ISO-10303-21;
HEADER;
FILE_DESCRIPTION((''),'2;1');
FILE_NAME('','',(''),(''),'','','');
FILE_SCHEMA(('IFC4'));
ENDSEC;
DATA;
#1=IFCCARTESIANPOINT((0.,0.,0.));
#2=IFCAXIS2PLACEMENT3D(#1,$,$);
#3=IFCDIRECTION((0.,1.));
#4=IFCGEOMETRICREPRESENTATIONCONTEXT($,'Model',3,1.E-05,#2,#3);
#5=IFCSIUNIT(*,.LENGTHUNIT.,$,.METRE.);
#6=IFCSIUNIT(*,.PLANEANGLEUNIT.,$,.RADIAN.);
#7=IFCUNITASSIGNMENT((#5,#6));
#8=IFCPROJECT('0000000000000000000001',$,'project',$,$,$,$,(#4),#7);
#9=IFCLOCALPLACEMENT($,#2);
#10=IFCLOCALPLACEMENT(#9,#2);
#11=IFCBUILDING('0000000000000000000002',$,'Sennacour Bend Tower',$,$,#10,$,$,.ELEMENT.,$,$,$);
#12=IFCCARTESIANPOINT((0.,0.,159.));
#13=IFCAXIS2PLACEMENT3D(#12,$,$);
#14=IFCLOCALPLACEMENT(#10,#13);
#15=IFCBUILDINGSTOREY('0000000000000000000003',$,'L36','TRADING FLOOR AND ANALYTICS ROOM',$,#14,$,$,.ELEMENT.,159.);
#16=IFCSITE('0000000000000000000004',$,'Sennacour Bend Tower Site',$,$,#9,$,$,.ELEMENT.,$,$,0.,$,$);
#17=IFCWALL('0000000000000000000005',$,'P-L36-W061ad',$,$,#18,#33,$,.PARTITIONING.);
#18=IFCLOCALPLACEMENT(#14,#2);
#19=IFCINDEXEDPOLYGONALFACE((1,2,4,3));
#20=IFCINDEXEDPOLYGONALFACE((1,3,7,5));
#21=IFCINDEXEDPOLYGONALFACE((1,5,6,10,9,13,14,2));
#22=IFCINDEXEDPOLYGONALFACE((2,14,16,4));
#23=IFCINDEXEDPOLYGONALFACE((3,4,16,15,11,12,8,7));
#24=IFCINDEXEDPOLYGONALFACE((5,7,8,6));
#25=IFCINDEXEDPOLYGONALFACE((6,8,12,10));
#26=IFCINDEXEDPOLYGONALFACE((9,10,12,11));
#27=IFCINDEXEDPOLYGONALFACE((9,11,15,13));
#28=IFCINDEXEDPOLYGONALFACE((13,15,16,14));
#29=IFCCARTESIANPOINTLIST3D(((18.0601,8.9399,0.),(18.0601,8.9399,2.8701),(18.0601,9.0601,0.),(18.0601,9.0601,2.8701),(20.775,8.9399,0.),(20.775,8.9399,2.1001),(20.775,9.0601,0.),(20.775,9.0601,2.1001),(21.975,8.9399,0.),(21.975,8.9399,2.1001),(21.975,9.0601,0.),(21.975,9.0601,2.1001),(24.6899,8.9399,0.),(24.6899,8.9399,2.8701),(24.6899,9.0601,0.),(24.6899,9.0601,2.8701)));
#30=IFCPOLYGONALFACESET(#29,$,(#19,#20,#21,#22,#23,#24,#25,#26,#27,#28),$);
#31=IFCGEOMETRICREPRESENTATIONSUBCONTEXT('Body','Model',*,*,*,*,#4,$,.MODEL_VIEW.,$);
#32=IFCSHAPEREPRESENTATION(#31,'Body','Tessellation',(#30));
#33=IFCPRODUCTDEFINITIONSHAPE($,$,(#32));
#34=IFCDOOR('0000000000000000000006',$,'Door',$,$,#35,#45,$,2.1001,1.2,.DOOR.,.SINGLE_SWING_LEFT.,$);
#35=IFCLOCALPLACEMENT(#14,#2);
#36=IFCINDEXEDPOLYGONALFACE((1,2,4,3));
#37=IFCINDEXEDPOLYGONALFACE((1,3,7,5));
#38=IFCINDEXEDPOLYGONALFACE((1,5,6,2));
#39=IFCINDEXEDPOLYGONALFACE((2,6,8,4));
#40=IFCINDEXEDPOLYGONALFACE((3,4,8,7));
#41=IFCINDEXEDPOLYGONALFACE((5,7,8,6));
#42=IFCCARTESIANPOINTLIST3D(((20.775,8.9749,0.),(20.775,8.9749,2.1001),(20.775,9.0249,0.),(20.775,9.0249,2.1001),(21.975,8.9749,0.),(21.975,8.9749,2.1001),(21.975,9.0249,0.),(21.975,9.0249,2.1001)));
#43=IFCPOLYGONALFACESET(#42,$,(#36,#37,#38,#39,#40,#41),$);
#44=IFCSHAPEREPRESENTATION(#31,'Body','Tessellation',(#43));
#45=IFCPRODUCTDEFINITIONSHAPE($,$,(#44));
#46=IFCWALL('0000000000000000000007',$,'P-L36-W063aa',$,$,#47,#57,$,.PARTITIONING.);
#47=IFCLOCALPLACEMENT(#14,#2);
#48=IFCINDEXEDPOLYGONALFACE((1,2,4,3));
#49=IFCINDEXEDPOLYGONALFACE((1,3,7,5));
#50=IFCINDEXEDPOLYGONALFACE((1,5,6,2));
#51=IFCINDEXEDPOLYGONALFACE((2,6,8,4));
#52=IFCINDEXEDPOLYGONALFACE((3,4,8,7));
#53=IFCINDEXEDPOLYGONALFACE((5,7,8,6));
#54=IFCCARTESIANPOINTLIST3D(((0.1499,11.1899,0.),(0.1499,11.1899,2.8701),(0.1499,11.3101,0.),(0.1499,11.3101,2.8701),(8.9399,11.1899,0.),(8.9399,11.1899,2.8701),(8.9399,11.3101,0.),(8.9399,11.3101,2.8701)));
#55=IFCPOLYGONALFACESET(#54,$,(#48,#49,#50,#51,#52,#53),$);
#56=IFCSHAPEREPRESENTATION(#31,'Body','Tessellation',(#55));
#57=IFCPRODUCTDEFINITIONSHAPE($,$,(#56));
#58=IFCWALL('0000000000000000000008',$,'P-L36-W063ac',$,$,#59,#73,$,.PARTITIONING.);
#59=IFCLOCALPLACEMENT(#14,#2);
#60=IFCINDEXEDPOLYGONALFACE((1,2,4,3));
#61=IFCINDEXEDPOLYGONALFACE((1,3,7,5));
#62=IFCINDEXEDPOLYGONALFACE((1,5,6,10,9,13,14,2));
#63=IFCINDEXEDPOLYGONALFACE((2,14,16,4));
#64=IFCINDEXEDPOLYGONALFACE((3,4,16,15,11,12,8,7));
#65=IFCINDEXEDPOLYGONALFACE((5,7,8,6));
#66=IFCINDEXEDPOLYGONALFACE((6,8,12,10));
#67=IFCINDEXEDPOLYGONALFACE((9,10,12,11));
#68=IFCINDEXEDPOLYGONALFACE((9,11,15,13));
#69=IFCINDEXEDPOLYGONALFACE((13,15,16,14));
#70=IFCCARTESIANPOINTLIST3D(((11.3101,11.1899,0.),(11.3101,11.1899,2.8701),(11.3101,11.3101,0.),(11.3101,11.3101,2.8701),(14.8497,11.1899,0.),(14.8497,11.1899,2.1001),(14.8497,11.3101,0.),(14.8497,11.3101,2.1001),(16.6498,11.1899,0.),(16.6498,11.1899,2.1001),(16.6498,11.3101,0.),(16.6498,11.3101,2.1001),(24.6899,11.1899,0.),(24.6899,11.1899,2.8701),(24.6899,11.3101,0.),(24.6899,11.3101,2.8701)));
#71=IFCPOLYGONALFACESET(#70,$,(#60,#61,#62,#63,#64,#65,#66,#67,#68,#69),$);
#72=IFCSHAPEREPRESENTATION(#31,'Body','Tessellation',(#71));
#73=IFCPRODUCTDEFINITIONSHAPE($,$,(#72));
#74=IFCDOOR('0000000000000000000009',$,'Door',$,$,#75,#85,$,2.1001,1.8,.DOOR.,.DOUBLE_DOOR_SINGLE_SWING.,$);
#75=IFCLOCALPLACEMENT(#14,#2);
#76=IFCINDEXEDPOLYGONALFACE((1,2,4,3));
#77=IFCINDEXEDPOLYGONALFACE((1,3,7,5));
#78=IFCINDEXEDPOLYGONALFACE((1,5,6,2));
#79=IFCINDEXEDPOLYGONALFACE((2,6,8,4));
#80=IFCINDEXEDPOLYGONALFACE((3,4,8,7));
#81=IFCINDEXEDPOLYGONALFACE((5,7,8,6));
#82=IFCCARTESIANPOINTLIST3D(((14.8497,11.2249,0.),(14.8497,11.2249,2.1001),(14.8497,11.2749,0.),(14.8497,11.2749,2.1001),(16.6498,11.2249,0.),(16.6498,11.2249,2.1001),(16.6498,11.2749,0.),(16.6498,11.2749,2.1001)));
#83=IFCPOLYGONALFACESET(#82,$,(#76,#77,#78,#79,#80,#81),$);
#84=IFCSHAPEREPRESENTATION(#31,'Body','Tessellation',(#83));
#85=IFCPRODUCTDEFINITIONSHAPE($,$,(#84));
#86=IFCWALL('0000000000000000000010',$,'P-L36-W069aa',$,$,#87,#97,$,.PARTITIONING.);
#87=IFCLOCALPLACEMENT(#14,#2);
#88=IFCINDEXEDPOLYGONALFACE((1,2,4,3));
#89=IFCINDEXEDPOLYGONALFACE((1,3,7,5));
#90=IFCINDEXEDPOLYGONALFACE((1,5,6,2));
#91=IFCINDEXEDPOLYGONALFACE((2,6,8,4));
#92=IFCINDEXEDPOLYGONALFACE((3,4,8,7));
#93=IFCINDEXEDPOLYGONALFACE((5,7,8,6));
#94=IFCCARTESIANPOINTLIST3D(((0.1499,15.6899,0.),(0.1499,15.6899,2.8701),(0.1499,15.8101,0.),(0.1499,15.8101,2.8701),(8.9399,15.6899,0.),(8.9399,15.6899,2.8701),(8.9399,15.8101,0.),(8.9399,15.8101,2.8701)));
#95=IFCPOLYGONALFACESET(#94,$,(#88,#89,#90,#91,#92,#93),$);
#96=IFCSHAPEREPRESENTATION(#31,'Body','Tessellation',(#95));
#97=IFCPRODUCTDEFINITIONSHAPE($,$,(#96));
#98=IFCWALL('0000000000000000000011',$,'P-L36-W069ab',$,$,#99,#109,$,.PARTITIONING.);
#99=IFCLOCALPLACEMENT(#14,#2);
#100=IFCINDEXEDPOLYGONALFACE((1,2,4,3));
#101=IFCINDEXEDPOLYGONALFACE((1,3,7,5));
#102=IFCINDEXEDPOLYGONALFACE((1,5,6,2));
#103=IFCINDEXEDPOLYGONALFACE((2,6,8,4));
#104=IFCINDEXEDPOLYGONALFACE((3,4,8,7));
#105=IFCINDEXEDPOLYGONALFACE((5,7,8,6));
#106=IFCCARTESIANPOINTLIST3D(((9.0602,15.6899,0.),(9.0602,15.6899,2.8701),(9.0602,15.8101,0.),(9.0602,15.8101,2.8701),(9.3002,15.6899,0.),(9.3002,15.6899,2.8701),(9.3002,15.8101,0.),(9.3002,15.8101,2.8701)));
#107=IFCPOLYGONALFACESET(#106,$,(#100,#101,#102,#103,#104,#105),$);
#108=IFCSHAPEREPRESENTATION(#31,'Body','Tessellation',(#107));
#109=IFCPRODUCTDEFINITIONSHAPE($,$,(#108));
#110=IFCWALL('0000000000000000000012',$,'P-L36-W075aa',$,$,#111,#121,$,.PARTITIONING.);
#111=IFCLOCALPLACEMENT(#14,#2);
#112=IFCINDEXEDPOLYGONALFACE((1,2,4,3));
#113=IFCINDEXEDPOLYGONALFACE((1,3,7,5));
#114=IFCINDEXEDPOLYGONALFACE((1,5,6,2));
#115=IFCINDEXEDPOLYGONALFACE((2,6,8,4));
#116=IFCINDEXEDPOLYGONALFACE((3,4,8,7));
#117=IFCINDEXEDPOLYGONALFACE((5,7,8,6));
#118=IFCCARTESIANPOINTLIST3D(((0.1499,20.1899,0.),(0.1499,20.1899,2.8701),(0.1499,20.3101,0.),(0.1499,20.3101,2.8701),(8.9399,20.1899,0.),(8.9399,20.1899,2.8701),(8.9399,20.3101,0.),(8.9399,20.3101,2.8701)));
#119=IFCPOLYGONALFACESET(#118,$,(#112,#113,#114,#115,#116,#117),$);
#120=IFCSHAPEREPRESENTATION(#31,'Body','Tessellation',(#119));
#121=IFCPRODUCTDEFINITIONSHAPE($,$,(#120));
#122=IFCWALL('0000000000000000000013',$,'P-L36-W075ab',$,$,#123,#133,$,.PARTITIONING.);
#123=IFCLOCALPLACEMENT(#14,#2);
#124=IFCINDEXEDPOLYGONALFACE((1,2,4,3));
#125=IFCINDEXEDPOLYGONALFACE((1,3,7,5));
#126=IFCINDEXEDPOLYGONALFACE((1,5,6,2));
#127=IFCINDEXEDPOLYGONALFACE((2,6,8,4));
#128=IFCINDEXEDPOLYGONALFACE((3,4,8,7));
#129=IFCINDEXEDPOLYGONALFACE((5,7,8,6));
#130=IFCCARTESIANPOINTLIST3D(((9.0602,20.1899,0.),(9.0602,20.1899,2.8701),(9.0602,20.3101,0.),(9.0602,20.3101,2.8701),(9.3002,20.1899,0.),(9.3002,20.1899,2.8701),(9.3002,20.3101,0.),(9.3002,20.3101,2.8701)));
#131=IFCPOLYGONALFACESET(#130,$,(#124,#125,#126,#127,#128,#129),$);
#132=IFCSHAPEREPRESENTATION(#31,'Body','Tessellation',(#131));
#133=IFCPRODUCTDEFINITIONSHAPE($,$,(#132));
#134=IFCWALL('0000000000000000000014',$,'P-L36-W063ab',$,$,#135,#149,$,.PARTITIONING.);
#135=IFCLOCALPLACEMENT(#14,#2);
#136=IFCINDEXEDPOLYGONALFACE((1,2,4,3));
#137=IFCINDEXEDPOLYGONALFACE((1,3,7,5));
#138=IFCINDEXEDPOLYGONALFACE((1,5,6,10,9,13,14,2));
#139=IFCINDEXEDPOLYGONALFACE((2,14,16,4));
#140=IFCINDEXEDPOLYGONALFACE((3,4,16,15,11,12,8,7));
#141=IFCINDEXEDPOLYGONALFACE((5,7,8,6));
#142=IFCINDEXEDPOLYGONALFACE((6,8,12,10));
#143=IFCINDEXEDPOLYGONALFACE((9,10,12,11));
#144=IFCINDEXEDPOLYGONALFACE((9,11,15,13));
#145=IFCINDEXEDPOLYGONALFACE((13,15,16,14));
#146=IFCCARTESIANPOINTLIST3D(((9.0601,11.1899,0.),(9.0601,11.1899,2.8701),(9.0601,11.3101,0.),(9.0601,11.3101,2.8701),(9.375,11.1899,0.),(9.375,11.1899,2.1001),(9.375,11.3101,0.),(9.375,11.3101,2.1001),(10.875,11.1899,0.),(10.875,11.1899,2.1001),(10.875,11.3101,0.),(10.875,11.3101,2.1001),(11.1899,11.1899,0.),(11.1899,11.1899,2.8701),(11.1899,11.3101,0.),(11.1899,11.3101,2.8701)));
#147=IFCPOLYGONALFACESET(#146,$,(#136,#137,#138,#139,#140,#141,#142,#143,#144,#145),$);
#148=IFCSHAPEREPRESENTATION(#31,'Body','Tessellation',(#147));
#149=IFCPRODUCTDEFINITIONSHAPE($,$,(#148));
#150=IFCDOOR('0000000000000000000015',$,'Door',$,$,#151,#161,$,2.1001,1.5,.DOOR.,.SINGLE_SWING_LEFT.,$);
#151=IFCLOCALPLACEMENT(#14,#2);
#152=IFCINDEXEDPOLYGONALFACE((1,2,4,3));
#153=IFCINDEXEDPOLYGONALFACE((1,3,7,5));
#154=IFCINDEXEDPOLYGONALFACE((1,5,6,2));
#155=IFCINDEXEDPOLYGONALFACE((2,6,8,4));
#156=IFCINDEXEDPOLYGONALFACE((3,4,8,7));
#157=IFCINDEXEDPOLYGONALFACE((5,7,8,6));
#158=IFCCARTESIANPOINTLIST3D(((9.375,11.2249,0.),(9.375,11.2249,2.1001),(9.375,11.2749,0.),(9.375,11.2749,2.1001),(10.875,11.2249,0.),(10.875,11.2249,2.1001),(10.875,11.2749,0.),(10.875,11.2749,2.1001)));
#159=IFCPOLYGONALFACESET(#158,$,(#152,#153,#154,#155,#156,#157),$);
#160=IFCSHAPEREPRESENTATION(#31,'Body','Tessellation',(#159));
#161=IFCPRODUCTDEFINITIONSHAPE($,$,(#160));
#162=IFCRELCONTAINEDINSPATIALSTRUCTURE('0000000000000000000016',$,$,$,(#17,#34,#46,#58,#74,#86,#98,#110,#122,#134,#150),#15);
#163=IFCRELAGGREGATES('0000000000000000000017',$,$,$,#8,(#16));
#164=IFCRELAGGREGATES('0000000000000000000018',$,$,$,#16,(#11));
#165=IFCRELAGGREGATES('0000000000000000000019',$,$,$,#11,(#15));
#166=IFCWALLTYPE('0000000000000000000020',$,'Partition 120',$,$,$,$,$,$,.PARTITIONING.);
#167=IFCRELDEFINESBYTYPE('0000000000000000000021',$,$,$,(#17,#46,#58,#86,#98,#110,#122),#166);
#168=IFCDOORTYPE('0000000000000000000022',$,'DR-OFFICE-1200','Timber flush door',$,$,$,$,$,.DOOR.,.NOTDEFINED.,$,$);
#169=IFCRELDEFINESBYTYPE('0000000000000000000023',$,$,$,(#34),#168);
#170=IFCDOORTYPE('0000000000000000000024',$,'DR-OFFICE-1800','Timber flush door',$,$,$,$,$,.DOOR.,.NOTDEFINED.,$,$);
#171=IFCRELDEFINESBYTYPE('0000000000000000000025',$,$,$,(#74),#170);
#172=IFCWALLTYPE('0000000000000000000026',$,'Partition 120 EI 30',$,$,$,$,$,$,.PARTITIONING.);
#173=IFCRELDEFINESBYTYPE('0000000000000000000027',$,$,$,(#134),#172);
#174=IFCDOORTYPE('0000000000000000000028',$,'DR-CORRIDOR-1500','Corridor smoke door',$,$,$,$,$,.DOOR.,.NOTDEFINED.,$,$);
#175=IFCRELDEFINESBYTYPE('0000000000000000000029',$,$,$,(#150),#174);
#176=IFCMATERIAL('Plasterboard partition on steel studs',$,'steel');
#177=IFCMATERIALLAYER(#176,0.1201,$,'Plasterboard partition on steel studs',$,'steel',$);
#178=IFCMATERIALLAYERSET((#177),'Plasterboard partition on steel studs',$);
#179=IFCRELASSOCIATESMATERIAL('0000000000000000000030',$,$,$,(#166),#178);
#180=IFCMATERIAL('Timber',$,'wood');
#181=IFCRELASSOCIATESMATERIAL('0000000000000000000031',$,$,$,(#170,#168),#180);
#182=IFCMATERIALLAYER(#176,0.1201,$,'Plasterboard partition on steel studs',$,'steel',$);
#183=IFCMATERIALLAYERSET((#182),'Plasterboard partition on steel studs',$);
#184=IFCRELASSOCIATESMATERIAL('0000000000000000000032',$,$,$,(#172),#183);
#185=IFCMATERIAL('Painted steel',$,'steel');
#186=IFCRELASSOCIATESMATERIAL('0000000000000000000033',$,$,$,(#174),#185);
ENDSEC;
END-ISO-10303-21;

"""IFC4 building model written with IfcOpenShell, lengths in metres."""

from ifc_helpers import new_model, si_unit, direction, frame, frame_2d, origin, place, context, subcontext, project, spatial, rectangle, extrude, material, layer, layer_set, type_object, element, fill, save


model = new_model("IFC4")

# Units and contexts
model_context = context("Model", 3, precision=1e-05, world=origin(), true_north=direction((0.0, 1.0)))
body_context = subcontext(model_context, "Body", "Model", "MODEL_VIEW")
ifc_project = project(units=[si_unit("LENGTHUNIT", "METRE"), si_unit("PLANEANGLEUNIT", "RADIAN")], contexts=[model_context])

# Site, building, storey
site_placement = place(None, origin())
site = spatial("IfcSite", under=ifc_project, at=site_placement, Name="Sennacour Bend Tower Site", CompositionType="ELEMENT", RefElevation=0.0)
building_placement = place(site_placement, origin())
building = spatial("IfcBuilding", under=site, at=building_placement, Name="Sennacour Bend Tower", CompositionType="ELEMENT")
storey_placement = place(building_placement, frame((0.0, 0.0, 159.0)))
storey = spatial("IfcBuildingStorey", under=building, at=storey_placement, Name="L36", Description="TRADING FLOOR AND ANALYTICS ROOM", CompositionType="ELEMENT", Elevation=159.0)

# Shared definitions
ifc_material_1 = material(Name="Plasterboard partition on steel studs", Category="steel")
ifc_layer_1 = layer(ifc_material_1, 0.1201, Name="Plasterboard partition on steel studs", Category="steel")
ifc_layer_set_1 = layer_set([ifc_layer_1], Name="Plasterboard partition on steel studs")
wall_type_1 = type_object("IfcWallType", Name="Partition 120", PredefinedType="PARTITIONING", material=ifc_layer_set_1)
ifc_material_2 = material(Name="Timber", Category="wood")
door_type_1 = type_object("IfcDoorType", Name="DR-OFFICE-1800", Description="Timber flush door", OperationType="NOTDEFINED", PredefinedType="DOOR", material=ifc_material_2)
door_type_2 = type_object("IfcDoorType", Name="DR-OFFICE-1200", Description="Timber flush door", OperationType="NOTDEFINED", PredefinedType="DOOR", material=ifc_material_2)

# Wall, opening, door
wall_1_placement = place(storey_placement, frame((18.0601, 9.0, 0.0), z_axis=(0.0, 0.0, 1.0), x_axis=(1.0, 0.0, 0.0)))
wall_1 = element("IfcWall", 1, at=wall_1_placement, inside=storey, type_object=wall_type_1, Name="P-L36-W061ad", PredefinedType="PARTITIONING", context=body_context, shape_type="SweptSolid", body=[
    extrude(rectangle(XDim=6.6299, YDim=0.1201, at=frame_2d((3.3149, 0.0))), origin(), (0.0, 0.0, 1.0), 2.8701),
])
opening_1_placement = place(wall_1_placement, frame((2.7148, 0.0, 0.0)))
opening_1 = element("IfcOpeningElement", 2, at=opening_1_placement, cuts=wall_1, PredefinedType="OPENING", context=body_context, shape_type="SweptSolid", body=[
    extrude(rectangle(XDim=1.2, YDim=2.1001, at=frame_2d((0.6001, 1.05))), frame((0.0, 0.0701, 0.0), z_axis=(0.0, -1.0, 0.0), x_axis=(1.0, 0.0, 0.0)), (0.0, 0.0, 1.0), 0.1401),
])
door_1_placement = place(opening_1_placement, origin())
door_1 = element("IfcDoor", 3, at=door_1_placement, inside=storey, type_object=door_type_2, Name="Door", OperationType="SINGLE_SWING_LEFT", OverallHeight=2.1001, OverallWidth=1.2, PredefinedType="DOOR", context=body_context, shape_type="SweptSolid", body=[
    extrude(rectangle(XDim=1.2, YDim=2.1001, at=frame_2d((0.6001, 1.05))), frame((0.0, 0.0249, 0.0), z_axis=(0.0, -1.0, 0.0), x_axis=(1.0, 0.0, 0.0)), (0.0, 0.0, 1.0), 0.05),
])
fill(opening_1, door_1)

# Wall
wall_2_placement = place(storey_placement, frame((0.1499, 11.25, 0.0), z_axis=(0.0, 0.0, 1.0), x_axis=(1.0, 0.0, 0.0)))
element("IfcWall", 4, at=wall_2_placement, inside=storey, type_object=wall_type_1, Name="P-L36-W063aa", PredefinedType="PARTITIONING", context=body_context, shape_type="SweptSolid", body=[
    extrude(rectangle(XDim=8.79, YDim=0.1201, at=frame_2d((4.395, 0.0))), origin(), (0.0, 0.0, 1.0), 2.8701),
])

# Wall, opening, door
wall_3_placement = place(storey_placement, frame((11.3101, 11.25, 0.0), z_axis=(0.0, 0.0, 1.0), x_axis=(1.0, 0.0, 0.0)))
wall_3 = element("IfcWall", 5, at=wall_3_placement, inside=storey, type_object=wall_type_1, Name="P-L36-W063ac", PredefinedType="PARTITIONING", context=body_context, shape_type="SweptSolid", body=[
    extrude(rectangle(XDim=13.3799, YDim=0.1201, at=frame_2d((6.6899, 0.0))), origin(), (0.0, 0.0, 1.0), 2.8701),
])
opening_2_placement = place(wall_3_placement, frame((3.5398, 0.0, 0.0)))
opening_2 = element("IfcOpeningElement", 6, at=opening_2_placement, cuts=wall_3, PredefinedType="OPENING", context=body_context, shape_type="SweptSolid", body=[
    extrude(rectangle(XDim=1.8, YDim=2.1001, at=frame_2d((0.8999, 1.05))), frame((0.0, 0.0701, 0.0), z_axis=(0.0, -1.0, 0.0), x_axis=(1.0, 0.0, 0.0)), (0.0, 0.0, 1.0), 0.1401),
])
door_2_placement = place(opening_2_placement, origin())
door_2 = element("IfcDoor", 7, at=door_2_placement, inside=storey, type_object=door_type_1, Name="Door", OperationType="DOUBLE_DOOR_SINGLE_SWING", OverallHeight=2.1001, OverallWidth=1.8, PredefinedType="DOOR", context=body_context, shape_type="SweptSolid", body=[
    extrude(rectangle(XDim=1.8, YDim=2.1001, at=frame_2d((0.8999, 1.05))), frame((0.0, 0.0249, 0.0), z_axis=(0.0, -1.0, 0.0), x_axis=(1.0, 0.0, 0.0)), (0.0, 0.0, 1.0), 0.05),
])
fill(opening_2, door_2)

# Walls
wall_4_placement = place(storey_placement, frame((0.1499, 15.75, 0.0), z_axis=(0.0, 0.0, 1.0), x_axis=(1.0, 0.0, 0.0)))
element("IfcWall", 8, at=wall_4_placement, inside=storey, type_object=wall_type_1, Name="P-L36-W069aa", PredefinedType="PARTITIONING", context=body_context, shape_type="SweptSolid", body=[
    extrude(rectangle(XDim=8.79, YDim=0.1201, at=frame_2d((4.395, 0.0))), origin(), (0.0, 0.0, 1.0), 2.8701),
])
wall_5_placement = place(storey_placement, frame((9.0601, 15.75, 0.0), z_axis=(0.0, 0.0, 1.0), x_axis=(1.0, 0.0, 0.0)))
element("IfcWall", 9, at=wall_5_placement, inside=storey, type_object=wall_type_1, Name="P-L36-W069ab", PredefinedType="PARTITIONING", context=body_context, shape_type="SweptSolid", body=[
    extrude(rectangle(XDim=0.24, YDim=0.1201, at=frame_2d((0.1201, 0.0))), origin(), (0.0, 0.0, 1.0), 2.8701),
])
wall_6_placement = place(storey_placement, frame((0.1499, 20.25, 0.0), z_axis=(0.0, 0.0, 1.0), x_axis=(1.0, 0.0, 0.0)))
element("IfcWall", 10, at=wall_6_placement, inside=storey, type_object=wall_type_1, Name="P-L36-W075aa", PredefinedType="PARTITIONING", context=body_context, shape_type="SweptSolid", body=[
    extrude(rectangle(XDim=8.79, YDim=0.1201, at=frame_2d((4.395, 0.0))), origin(), (0.0, 0.0, 1.0), 2.8701),
])
wall_7_placement = place(storey_placement, frame((9.0601, 20.25, 0.0), z_axis=(0.0, 0.0, 1.0), x_axis=(1.0, 0.0, 0.0)))
element("IfcWall", 11, at=wall_7_placement, inside=storey, type_object=wall_type_1, Name="P-L36-W075ab", PredefinedType="PARTITIONING", context=body_context, shape_type="SweptSolid", body=[
    extrude(rectangle(XDim=0.24, YDim=0.1201, at=frame_2d((0.1201, 0.0))), origin(), (0.0, 0.0, 1.0), 2.8701),
])

# Wall, opening, door
ifc_layer_2 = layer(ifc_material_1, 0.1201, Name="Plasterboard partition on steel studs", Category="steel")
ifc_layer_set_2 = layer_set([ifc_layer_2], Name="Plasterboard partition on steel studs")
wall_type_2 = type_object("IfcWallType", Name="Partition 120 EI 30", PredefinedType="PARTITIONING", material=ifc_layer_set_2)
wall_8_placement = place(storey_placement, frame((9.0601, 11.25, 0.0), z_axis=(0.0, 0.0, 1.0), x_axis=(1.0, 0.0, 0.0)))
wall_8 = element("IfcWall", 12, at=wall_8_placement, inside=storey, type_object=wall_type_2, Name="P-L36-W063ab", PredefinedType="PARTITIONING", context=body_context, shape_type="SweptSolid", body=[
    extrude(rectangle(XDim=2.1299, YDim=0.1201, at=frame_2d((1.0649, 0.0))), origin(), (0.0, 0.0, 1.0), 2.8701),
])
opening_3_placement = place(wall_8_placement, frame((0.3149, 0.0, 0.0)))
opening_3 = element("IfcOpeningElement", 13, at=opening_3_placement, cuts=wall_8, PredefinedType="OPENING", context=body_context, shape_type="SweptSolid", body=[
    extrude(rectangle(XDim=1.5, YDim=2.1001, at=frame_2d((0.75, 1.05))), frame((0.0, 0.0701, 0.0), z_axis=(0.0, -1.0, 0.0), x_axis=(1.0, 0.0, 0.0)), (0.0, 0.0, 1.0), 0.1401),
])
ifc_material_3 = material(Name="Painted steel", Category="steel")
door_type_3 = type_object("IfcDoorType", Name="DR-CORRIDOR-1500", Description="Corridor smoke door", OperationType="NOTDEFINED", PredefinedType="DOOR", material=ifc_material_3)
door_3_placement = place(opening_3_placement, origin())
door_3 = element("IfcDoor", 14, at=door_3_placement, inside=storey, type_object=door_type_3, Name="Door", OperationType="SINGLE_SWING_LEFT", OverallHeight=2.1001, OverallWidth=1.5, PredefinedType="DOOR", context=body_context, shape_type="SweptSolid", body=[
    extrude(rectangle(XDim=1.5, YDim=2.1001, at=frame_2d((0.75, 1.05))), frame((0.0, 0.0249, 0.0), z_axis=(0.0, -1.0, 0.0), x_axis=(1.0, 0.0, 0.0)), (0.0, 0.0, 1.0), 0.05),
])
fill(opening_3, door_3)

save(model, "model.ifc")
